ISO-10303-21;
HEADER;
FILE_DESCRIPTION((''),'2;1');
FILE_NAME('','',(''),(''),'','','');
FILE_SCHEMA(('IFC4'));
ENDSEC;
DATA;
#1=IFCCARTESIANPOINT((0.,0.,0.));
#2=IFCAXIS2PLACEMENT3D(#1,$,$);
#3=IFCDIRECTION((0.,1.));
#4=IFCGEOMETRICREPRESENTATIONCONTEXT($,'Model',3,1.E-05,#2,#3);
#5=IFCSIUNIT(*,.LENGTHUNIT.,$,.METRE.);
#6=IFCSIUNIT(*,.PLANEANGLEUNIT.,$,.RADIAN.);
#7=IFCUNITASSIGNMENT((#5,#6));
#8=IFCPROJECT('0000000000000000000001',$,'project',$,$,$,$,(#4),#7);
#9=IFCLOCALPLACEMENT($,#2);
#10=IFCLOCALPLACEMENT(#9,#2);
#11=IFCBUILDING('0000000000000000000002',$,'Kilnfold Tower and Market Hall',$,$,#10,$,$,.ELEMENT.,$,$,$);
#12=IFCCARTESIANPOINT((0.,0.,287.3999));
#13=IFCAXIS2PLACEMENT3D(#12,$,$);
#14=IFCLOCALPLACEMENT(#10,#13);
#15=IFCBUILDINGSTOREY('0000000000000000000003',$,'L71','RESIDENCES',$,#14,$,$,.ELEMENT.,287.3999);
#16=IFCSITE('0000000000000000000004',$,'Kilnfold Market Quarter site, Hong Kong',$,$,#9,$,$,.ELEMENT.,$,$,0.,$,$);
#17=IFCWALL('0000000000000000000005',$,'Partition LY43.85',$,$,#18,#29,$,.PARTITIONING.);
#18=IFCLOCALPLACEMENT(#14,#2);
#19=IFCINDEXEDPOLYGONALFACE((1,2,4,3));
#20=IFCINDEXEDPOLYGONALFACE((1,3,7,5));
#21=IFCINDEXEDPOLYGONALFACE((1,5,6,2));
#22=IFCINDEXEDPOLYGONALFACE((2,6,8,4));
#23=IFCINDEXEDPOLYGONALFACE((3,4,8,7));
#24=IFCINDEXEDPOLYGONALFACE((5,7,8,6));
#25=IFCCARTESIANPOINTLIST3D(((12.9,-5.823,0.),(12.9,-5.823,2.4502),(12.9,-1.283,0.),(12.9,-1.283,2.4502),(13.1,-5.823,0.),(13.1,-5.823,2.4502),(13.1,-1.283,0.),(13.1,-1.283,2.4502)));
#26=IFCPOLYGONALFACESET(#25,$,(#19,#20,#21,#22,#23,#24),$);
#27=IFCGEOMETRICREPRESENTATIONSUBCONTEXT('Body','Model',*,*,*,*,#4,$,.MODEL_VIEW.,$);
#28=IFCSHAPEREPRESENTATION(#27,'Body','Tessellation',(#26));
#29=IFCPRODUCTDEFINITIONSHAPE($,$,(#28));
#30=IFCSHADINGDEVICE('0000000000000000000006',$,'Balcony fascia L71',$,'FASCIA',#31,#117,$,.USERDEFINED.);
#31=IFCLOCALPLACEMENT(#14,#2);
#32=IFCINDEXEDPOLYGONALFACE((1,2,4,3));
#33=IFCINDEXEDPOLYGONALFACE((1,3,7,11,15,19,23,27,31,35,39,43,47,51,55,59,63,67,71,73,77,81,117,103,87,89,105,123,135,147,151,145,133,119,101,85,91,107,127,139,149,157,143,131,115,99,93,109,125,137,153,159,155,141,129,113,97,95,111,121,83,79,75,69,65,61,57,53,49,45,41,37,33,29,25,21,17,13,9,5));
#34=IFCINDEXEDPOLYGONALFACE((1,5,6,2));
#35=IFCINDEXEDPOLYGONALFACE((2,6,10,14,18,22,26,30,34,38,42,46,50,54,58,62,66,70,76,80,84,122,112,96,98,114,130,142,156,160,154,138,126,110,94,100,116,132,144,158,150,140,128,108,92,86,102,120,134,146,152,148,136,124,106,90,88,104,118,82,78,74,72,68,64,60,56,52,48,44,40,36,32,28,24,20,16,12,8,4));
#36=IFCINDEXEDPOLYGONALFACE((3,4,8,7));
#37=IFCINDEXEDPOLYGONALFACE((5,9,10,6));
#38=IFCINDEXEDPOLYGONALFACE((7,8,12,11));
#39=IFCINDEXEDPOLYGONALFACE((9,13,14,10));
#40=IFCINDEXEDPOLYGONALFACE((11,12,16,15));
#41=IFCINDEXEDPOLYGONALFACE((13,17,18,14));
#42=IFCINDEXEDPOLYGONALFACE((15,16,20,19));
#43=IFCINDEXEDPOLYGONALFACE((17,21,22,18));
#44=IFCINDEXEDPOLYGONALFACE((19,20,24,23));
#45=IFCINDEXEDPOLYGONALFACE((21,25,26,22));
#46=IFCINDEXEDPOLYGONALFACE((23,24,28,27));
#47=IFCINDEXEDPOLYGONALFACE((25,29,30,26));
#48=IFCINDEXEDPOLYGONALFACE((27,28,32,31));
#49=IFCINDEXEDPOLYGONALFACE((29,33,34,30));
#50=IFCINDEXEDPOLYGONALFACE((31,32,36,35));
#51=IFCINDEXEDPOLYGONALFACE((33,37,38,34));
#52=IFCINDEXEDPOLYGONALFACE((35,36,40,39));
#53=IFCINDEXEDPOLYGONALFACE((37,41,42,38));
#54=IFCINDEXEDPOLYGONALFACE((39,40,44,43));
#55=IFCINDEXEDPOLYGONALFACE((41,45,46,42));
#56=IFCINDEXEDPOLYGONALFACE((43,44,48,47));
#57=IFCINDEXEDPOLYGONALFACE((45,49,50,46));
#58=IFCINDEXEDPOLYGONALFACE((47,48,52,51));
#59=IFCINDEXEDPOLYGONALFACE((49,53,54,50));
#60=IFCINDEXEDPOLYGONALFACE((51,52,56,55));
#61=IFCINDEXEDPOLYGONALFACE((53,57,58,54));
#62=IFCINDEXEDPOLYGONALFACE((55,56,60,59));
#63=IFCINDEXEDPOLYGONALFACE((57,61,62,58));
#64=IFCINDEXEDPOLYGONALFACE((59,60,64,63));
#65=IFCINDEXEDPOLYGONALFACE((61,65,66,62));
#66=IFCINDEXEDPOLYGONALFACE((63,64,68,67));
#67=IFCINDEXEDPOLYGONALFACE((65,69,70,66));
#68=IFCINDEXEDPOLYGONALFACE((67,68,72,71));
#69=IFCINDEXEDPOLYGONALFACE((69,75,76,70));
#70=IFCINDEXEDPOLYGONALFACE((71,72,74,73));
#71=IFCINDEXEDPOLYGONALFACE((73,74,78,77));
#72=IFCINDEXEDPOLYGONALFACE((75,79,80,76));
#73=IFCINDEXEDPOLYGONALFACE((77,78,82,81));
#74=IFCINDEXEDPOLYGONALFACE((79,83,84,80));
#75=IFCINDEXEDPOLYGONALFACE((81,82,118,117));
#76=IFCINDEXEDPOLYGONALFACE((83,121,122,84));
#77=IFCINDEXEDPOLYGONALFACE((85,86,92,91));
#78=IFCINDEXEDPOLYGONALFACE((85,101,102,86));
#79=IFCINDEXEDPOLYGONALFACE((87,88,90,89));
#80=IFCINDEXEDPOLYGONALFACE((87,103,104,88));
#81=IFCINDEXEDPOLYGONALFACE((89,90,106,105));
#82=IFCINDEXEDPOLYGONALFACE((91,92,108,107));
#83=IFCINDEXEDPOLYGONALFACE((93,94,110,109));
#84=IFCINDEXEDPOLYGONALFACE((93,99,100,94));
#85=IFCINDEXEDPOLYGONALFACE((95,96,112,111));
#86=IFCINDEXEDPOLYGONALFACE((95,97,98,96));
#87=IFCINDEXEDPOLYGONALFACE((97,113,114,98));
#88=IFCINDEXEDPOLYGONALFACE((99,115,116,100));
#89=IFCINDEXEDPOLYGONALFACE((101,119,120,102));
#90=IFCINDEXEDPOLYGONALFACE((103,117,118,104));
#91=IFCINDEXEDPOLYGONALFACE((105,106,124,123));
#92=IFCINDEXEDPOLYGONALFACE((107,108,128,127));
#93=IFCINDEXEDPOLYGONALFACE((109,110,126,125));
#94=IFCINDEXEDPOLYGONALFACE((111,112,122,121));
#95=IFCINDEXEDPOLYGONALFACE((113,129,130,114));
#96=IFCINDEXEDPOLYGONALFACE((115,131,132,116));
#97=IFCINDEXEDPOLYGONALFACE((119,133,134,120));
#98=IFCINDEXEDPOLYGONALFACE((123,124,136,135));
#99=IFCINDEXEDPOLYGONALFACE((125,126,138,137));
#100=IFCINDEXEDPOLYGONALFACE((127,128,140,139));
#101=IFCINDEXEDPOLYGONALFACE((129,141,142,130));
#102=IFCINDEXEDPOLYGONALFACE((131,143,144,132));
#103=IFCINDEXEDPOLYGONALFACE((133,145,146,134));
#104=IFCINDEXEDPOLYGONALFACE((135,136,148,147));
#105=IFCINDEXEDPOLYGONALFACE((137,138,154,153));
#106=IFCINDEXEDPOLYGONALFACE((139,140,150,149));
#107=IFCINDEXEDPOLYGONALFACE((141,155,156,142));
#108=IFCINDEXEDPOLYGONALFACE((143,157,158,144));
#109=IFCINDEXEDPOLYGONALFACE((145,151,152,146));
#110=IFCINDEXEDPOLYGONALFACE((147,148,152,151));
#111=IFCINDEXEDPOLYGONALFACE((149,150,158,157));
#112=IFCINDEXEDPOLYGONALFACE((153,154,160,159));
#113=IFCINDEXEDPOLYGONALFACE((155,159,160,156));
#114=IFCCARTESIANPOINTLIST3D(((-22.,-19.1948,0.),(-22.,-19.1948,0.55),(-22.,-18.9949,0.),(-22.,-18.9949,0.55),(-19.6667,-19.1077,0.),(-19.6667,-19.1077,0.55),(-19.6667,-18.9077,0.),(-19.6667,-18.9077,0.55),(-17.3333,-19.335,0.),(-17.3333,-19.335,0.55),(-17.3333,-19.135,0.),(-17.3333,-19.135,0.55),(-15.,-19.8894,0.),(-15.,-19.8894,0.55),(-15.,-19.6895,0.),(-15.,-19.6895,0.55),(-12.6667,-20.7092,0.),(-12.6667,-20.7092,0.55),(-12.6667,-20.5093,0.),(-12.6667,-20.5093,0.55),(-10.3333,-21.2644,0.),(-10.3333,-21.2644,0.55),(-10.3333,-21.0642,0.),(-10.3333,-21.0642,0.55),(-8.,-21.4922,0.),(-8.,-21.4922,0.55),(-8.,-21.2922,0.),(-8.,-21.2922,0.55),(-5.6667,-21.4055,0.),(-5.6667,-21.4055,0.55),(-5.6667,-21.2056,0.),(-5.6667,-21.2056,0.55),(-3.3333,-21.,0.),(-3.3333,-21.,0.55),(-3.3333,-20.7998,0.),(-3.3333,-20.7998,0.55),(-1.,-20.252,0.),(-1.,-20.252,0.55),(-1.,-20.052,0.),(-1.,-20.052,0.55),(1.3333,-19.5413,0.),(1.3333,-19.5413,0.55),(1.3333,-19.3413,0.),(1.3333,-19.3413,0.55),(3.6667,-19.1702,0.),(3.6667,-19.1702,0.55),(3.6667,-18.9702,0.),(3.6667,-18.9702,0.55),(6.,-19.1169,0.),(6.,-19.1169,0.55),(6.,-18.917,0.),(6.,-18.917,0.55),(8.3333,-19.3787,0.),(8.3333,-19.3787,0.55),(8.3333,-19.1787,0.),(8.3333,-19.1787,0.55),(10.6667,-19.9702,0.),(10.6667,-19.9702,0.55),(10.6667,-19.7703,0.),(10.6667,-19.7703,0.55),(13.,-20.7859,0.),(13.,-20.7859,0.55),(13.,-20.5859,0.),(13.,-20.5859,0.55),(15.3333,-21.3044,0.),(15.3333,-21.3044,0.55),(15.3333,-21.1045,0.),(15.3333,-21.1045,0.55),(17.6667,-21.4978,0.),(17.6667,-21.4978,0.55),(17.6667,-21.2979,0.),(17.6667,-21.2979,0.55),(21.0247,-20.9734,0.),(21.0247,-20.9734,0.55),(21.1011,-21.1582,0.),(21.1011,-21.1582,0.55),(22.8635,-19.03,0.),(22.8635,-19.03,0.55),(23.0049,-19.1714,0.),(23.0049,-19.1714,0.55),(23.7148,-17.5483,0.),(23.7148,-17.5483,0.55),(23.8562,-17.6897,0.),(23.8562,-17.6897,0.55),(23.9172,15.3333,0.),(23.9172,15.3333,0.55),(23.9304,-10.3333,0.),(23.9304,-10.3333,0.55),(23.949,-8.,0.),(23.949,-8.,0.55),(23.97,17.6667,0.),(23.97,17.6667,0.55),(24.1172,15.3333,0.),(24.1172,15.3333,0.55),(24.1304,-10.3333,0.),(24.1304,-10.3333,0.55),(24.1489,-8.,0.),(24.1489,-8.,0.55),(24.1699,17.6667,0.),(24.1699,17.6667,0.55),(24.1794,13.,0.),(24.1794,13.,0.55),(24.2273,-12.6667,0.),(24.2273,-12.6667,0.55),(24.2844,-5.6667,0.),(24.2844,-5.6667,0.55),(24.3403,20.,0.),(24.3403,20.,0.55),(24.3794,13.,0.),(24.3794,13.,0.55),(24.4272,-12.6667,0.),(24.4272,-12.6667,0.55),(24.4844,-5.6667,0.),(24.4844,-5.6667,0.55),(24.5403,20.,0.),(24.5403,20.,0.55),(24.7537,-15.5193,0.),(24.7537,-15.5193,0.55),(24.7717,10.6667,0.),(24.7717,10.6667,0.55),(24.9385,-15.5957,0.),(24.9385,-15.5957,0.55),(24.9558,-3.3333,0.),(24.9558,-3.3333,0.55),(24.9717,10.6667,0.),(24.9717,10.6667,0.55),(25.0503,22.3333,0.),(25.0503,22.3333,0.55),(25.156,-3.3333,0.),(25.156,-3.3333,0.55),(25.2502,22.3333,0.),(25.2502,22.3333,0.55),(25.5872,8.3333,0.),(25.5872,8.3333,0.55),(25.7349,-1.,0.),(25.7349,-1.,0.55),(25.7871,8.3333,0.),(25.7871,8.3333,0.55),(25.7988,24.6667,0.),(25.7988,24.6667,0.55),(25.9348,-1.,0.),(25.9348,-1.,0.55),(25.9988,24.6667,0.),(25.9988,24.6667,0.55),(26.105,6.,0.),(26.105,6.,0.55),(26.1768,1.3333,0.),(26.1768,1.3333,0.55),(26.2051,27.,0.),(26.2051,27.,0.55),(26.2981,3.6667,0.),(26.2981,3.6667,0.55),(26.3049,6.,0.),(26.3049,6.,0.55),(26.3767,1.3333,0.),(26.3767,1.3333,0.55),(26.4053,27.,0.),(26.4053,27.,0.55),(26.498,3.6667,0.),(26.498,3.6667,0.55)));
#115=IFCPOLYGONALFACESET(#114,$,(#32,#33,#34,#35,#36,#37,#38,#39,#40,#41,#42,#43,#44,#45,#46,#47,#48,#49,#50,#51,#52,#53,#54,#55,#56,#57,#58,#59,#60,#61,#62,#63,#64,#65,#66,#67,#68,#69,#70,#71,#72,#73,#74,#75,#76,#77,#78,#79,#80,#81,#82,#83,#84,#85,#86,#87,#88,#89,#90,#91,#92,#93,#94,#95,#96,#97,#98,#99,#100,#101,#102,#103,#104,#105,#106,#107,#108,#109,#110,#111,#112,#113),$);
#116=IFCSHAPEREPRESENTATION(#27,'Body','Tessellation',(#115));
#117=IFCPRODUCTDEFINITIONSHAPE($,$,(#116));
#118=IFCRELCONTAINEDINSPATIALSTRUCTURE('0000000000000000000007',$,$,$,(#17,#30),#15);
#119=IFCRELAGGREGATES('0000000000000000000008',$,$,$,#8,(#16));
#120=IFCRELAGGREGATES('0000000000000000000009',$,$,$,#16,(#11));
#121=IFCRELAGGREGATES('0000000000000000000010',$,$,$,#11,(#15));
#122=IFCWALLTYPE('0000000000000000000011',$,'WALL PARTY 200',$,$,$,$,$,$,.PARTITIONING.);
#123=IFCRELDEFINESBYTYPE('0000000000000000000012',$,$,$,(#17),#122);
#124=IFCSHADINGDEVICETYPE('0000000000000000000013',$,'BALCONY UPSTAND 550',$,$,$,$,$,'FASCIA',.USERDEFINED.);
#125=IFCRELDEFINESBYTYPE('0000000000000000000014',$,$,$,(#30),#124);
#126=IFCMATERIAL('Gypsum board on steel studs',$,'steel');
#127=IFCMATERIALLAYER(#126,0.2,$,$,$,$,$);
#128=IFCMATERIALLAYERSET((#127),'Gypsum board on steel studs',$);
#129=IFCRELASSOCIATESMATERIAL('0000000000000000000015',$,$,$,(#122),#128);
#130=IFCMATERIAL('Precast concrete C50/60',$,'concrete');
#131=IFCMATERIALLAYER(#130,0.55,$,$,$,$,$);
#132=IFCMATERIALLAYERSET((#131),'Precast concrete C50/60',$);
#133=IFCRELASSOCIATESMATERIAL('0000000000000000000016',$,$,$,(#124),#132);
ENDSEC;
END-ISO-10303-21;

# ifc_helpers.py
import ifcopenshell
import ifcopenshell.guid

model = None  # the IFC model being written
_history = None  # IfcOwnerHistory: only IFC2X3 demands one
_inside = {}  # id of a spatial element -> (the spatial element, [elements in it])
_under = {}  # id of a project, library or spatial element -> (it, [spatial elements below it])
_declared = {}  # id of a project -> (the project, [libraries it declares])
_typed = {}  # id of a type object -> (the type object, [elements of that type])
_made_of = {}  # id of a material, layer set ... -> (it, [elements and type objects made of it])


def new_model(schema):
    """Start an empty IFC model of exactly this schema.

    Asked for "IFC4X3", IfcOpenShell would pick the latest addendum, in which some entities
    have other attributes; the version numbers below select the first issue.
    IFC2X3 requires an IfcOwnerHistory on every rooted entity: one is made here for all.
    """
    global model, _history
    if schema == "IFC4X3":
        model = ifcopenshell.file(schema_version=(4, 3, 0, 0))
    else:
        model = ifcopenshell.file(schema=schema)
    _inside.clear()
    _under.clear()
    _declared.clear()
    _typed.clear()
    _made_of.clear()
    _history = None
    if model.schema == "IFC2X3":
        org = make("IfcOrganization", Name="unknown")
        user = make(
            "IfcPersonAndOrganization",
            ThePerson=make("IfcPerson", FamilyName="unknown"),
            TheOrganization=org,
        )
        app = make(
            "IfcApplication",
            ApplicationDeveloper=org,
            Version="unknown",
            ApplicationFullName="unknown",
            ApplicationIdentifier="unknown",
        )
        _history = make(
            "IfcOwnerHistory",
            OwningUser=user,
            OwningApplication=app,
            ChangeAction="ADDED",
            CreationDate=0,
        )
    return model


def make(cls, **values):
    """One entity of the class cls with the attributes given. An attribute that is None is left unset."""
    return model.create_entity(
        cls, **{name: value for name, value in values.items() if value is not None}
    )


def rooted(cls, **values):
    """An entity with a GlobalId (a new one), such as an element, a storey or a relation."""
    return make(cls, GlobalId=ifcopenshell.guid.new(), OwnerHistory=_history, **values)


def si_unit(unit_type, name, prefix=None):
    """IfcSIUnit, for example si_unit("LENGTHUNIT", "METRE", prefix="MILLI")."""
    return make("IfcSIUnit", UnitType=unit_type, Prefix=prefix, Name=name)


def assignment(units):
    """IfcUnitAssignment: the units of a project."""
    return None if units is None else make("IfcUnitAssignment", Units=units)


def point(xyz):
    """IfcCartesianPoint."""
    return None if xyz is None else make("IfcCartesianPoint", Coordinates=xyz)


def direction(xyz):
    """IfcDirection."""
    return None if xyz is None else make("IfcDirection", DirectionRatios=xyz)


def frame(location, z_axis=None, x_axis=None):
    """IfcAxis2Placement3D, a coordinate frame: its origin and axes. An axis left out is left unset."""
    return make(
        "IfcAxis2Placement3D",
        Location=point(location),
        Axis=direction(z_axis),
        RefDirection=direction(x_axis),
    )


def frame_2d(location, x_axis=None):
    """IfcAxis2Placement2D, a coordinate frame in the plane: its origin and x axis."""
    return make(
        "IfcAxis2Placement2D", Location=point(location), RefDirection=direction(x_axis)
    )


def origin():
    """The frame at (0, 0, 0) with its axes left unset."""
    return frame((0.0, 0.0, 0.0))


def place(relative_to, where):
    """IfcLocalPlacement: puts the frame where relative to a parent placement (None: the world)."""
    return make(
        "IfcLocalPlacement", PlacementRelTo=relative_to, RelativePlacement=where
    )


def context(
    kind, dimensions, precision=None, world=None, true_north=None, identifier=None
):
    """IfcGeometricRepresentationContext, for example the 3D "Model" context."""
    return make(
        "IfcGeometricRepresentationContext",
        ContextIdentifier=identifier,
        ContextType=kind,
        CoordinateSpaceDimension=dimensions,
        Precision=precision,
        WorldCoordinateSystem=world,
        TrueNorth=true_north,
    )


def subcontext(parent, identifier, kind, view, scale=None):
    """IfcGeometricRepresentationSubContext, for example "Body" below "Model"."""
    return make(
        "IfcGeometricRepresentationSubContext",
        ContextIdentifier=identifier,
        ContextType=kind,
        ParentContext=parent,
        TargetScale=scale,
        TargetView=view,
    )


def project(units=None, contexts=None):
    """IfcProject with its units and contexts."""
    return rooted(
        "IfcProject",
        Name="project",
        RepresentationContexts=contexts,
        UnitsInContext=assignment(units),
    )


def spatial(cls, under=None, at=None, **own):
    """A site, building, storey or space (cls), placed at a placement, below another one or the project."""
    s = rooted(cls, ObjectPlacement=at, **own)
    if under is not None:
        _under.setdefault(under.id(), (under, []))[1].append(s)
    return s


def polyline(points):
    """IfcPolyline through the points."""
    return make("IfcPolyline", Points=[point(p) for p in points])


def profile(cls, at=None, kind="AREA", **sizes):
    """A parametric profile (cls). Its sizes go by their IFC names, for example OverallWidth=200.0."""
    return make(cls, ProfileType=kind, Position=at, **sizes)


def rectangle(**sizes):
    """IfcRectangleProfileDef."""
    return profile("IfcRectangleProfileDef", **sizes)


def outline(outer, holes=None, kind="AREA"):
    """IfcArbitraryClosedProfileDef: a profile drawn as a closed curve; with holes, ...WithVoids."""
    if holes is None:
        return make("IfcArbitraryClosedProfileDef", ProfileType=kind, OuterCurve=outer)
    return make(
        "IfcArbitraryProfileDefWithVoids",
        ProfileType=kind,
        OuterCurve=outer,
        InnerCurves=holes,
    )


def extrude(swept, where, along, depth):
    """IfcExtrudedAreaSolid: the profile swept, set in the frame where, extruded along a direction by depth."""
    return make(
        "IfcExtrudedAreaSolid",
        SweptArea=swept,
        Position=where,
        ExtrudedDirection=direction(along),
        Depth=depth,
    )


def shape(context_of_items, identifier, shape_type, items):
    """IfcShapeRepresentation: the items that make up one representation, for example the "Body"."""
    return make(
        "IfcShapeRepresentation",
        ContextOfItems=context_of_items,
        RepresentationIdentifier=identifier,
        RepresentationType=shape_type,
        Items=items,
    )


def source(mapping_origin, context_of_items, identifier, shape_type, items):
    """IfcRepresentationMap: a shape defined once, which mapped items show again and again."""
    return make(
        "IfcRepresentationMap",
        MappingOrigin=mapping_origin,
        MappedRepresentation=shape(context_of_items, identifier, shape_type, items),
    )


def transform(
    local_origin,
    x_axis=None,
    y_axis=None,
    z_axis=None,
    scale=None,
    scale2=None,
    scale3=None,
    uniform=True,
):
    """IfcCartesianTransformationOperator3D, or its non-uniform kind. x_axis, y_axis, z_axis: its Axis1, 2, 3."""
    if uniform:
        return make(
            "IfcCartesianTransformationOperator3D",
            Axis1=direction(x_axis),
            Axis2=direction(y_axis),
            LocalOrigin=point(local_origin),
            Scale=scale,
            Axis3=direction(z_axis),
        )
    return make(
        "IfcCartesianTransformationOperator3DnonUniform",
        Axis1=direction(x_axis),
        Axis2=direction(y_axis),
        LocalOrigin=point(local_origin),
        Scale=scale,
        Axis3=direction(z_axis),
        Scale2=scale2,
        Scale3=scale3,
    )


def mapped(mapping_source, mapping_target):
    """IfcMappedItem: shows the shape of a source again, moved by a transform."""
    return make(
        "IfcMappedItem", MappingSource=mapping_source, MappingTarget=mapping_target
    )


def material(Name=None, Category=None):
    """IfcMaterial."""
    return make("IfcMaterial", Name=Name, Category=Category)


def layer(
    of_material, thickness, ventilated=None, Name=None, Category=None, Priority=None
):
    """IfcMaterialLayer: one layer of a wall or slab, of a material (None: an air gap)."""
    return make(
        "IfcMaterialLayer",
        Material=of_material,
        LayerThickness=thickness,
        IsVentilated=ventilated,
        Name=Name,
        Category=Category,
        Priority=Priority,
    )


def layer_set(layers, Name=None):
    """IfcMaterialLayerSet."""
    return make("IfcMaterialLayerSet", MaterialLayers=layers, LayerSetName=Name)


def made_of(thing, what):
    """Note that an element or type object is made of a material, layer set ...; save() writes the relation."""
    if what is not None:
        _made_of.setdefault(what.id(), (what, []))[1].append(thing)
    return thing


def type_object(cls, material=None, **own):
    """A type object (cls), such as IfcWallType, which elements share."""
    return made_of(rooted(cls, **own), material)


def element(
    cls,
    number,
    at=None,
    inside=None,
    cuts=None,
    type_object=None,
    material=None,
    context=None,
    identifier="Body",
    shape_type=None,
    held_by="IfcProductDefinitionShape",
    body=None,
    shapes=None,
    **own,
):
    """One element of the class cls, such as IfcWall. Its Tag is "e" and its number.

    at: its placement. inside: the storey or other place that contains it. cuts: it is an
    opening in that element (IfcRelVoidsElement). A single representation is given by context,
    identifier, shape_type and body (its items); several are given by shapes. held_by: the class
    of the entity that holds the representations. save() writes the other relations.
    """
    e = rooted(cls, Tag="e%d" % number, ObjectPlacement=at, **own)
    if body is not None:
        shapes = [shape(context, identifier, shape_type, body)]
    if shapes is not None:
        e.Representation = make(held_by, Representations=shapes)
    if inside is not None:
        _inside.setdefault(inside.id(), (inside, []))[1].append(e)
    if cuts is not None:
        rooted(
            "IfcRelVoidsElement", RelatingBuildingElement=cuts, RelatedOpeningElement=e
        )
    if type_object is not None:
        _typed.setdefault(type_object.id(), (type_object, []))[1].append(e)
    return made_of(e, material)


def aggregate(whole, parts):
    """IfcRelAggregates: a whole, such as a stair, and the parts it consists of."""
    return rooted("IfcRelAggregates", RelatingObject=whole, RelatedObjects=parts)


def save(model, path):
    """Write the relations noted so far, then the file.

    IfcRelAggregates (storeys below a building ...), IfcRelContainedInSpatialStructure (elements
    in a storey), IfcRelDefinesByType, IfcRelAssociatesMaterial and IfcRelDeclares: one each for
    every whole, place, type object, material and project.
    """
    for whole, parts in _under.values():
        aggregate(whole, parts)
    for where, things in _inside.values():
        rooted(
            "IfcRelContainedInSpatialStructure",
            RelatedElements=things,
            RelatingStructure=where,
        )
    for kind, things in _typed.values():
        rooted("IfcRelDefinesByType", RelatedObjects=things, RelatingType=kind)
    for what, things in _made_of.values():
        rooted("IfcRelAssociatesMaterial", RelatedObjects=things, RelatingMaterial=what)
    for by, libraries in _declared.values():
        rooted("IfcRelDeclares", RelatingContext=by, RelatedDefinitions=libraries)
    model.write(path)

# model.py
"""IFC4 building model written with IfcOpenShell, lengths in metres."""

from ifc_helpers import new_model, si_unit, direction, frame, frame_2d, origin, place, context, subcontext, project, spatial, polyline, rectangle, outline, extrude, source, transform, mapped, material, layer, layer_set, type_object, element, save


model = new_model("IFC4")

# Units and contexts
model_context = context("Model", 3, precision=1e-05, world=origin(), true_north=direction((0.0, 1.0)))
body_context = subcontext(model_context, "Body", "Model", "MODEL_VIEW")
ifc_project = project(units=[si_unit("LENGTHUNIT", "METRE"), si_unit("PLANEANGLEUNIT", "RADIAN")], contexts=[model_context])

# Site, building, storey
site_placement = place(None, origin())
site = spatial("IfcSite", under=ifc_project, at=site_placement, Name="Kilnfold Market Quarter site, Hong Kong", CompositionType="ELEMENT", RefElevation=0.0)
building_placement = place(site_placement, origin())
building = spatial("IfcBuilding", under=site, at=building_placement, Name="Kilnfold Tower and Market Hall", CompositionType="ELEMENT")
storey_placement = place(building_placement, frame((0.0, 0.0, 287.3999)))
storey = spatial("IfcBuildingStorey", under=building, at=storey_placement, Name="L71", Description="RESIDENCES", CompositionType="ELEMENT", Elevation=287.3999)

# Wall
ifc_material_1 = material(Name="Gypsum board on steel studs", Category="steel")
ifc_layer_1 = layer(ifc_material_1, 0.2)
ifc_layer_set_1 = layer_set([ifc_layer_1], Name="Gypsum board on steel studs")
wall_type_1 = type_object("IfcWallType", Name="WALL PARTY 200", PredefinedType="PARTITIONING", material=ifc_layer_set_1)
wall_1_placement = place(storey_placement, frame((13.0, -5.823, 0.0), z_axis=(0.0, 0.0, 1.0), x_axis=(0.0, 1.0, 0.0)))
element("IfcWall", 1, at=wall_1_placement, inside=storey, type_object=wall_type_1, Name="Partition LY43.85", PredefinedType="PARTITIONING", context=body_context, shape_type="SweptSolid", body=[
    extrude(rectangle(XDim=4.54, YDim=0.2, at=frame_2d((2.27, 0.0))), origin(), (0.0, 0.0, 1.0), 2.4502),
])

# Shading device
ifc_material_2 = material(Name="Precast concrete C50/60", Category="concrete")
ifc_layer_2 = layer(ifc_material_2, 0.55)
ifc_layer_set_2 = layer_set([ifc_layer_2], Name="Precast concrete C50/60")
shading_device_type_1 = type_object("IfcShadingDeviceType", Name="BALCONY UPSTAND 550", ElementType="FASCIA", PredefinedType="USERDEFINED", material=ifc_layer_set_2)
shared_shape_1 = source(origin(), body_context, "Body", "SweptSolid", [
    extrude(outline(polyline([(-22.0, -19.1948), (-19.6667, -19.1077), (-17.3333, -19.335), (-15.0, -19.8894), (-12.6667, -20.7092), (-10.3333, -21.2644), (-8.0, -21.4922), (-5.6667, -21.4055), (-3.3333, -21.0), (-1.0, -20.252), (1.3333, -19.5413), (3.6667, -19.1702), (6.0, -19.1169), (8.3333, -19.3787), (10.6667, -19.9702), (13.0, -20.7859), (15.3333, -21.3044), (17.6667, -21.4978), (21.1011, -21.1582), (23.0049, -19.1714), (23.8562, -17.6897), (24.9385, -15.5957), (24.4272, -12.6667), (24.1304, -10.3333), (24.1489, -8.0), (24.4844, -5.6667), (25.156, -3.3333), (25.9348, -1.0), (26.3767, 1.3333), (26.498, 3.6667), (26.3049, 6.0), (25.7871, 8.3333), (24.9717, 10.6667), (24.3794, 13.0), (24.1172, 15.3333), (24.1699, 17.6667), (24.5403, 20.0), (25.2502, 22.3333), (25.9988, 24.6667), (26.4053, 27.0), (26.2051, 27.0), (25.7988, 24.6667), (25.0503, 22.3333), (24.3403, 20.0), (23.97, 17.6667), (23.9172, 15.3333), (24.1794, 13.0), (24.7717, 10.6667), (25.5872, 8.3333), (26.105, 6.0), (26.2981, 3.6667), (26.1768, 1.3333), (25.7349, -1.0), (24.9558, -3.3333), (24.2844, -5.6667), (23.949, -8.0), (23.9304, -10.3333), (24.2273, -12.6667), (24.7537, -15.5193), (23.7148, -17.5483), (22.8635, -19.03), (21.0247, -20.9734), (17.6667, -21.2979), (15.3333, -21.1045), (13.0, -20.5859), (10.6667, -19.7703), (8.3333, -19.1787), (6.0, -18.917), (3.6667, -18.9702), (1.3333, -19.3413), (-1.0, -20.052), (-3.3333, -20.7998), (-5.6667, -21.2056), (-8.0, -21.2922), (-10.3333, -21.0642), (-12.6667, -20.5093), (-15.0, -19.6895), (-17.3333, -19.135), (-19.6667, -18.9077), (-22.0, -18.9949), (-22.0, -19.1948)])), origin(), (0.0, 0.0, 1.0), 0.55),
])
shading_device_1_placement = place(storey_placement, origin())
element("IfcShadingDevice", 2, at=shading_device_1_placement, inside=storey, type_object=shading_device_type_1, Name="Balcony fascia L71", ObjectType="FASCIA", PredefinedType="USERDEFINED", context=body_context, shape_type="MappedRepresentation", body=[
    mapped(shared_shape_1, transform((0.0, 0.0, 0.0))),
])

save(model, "model.ifc")
